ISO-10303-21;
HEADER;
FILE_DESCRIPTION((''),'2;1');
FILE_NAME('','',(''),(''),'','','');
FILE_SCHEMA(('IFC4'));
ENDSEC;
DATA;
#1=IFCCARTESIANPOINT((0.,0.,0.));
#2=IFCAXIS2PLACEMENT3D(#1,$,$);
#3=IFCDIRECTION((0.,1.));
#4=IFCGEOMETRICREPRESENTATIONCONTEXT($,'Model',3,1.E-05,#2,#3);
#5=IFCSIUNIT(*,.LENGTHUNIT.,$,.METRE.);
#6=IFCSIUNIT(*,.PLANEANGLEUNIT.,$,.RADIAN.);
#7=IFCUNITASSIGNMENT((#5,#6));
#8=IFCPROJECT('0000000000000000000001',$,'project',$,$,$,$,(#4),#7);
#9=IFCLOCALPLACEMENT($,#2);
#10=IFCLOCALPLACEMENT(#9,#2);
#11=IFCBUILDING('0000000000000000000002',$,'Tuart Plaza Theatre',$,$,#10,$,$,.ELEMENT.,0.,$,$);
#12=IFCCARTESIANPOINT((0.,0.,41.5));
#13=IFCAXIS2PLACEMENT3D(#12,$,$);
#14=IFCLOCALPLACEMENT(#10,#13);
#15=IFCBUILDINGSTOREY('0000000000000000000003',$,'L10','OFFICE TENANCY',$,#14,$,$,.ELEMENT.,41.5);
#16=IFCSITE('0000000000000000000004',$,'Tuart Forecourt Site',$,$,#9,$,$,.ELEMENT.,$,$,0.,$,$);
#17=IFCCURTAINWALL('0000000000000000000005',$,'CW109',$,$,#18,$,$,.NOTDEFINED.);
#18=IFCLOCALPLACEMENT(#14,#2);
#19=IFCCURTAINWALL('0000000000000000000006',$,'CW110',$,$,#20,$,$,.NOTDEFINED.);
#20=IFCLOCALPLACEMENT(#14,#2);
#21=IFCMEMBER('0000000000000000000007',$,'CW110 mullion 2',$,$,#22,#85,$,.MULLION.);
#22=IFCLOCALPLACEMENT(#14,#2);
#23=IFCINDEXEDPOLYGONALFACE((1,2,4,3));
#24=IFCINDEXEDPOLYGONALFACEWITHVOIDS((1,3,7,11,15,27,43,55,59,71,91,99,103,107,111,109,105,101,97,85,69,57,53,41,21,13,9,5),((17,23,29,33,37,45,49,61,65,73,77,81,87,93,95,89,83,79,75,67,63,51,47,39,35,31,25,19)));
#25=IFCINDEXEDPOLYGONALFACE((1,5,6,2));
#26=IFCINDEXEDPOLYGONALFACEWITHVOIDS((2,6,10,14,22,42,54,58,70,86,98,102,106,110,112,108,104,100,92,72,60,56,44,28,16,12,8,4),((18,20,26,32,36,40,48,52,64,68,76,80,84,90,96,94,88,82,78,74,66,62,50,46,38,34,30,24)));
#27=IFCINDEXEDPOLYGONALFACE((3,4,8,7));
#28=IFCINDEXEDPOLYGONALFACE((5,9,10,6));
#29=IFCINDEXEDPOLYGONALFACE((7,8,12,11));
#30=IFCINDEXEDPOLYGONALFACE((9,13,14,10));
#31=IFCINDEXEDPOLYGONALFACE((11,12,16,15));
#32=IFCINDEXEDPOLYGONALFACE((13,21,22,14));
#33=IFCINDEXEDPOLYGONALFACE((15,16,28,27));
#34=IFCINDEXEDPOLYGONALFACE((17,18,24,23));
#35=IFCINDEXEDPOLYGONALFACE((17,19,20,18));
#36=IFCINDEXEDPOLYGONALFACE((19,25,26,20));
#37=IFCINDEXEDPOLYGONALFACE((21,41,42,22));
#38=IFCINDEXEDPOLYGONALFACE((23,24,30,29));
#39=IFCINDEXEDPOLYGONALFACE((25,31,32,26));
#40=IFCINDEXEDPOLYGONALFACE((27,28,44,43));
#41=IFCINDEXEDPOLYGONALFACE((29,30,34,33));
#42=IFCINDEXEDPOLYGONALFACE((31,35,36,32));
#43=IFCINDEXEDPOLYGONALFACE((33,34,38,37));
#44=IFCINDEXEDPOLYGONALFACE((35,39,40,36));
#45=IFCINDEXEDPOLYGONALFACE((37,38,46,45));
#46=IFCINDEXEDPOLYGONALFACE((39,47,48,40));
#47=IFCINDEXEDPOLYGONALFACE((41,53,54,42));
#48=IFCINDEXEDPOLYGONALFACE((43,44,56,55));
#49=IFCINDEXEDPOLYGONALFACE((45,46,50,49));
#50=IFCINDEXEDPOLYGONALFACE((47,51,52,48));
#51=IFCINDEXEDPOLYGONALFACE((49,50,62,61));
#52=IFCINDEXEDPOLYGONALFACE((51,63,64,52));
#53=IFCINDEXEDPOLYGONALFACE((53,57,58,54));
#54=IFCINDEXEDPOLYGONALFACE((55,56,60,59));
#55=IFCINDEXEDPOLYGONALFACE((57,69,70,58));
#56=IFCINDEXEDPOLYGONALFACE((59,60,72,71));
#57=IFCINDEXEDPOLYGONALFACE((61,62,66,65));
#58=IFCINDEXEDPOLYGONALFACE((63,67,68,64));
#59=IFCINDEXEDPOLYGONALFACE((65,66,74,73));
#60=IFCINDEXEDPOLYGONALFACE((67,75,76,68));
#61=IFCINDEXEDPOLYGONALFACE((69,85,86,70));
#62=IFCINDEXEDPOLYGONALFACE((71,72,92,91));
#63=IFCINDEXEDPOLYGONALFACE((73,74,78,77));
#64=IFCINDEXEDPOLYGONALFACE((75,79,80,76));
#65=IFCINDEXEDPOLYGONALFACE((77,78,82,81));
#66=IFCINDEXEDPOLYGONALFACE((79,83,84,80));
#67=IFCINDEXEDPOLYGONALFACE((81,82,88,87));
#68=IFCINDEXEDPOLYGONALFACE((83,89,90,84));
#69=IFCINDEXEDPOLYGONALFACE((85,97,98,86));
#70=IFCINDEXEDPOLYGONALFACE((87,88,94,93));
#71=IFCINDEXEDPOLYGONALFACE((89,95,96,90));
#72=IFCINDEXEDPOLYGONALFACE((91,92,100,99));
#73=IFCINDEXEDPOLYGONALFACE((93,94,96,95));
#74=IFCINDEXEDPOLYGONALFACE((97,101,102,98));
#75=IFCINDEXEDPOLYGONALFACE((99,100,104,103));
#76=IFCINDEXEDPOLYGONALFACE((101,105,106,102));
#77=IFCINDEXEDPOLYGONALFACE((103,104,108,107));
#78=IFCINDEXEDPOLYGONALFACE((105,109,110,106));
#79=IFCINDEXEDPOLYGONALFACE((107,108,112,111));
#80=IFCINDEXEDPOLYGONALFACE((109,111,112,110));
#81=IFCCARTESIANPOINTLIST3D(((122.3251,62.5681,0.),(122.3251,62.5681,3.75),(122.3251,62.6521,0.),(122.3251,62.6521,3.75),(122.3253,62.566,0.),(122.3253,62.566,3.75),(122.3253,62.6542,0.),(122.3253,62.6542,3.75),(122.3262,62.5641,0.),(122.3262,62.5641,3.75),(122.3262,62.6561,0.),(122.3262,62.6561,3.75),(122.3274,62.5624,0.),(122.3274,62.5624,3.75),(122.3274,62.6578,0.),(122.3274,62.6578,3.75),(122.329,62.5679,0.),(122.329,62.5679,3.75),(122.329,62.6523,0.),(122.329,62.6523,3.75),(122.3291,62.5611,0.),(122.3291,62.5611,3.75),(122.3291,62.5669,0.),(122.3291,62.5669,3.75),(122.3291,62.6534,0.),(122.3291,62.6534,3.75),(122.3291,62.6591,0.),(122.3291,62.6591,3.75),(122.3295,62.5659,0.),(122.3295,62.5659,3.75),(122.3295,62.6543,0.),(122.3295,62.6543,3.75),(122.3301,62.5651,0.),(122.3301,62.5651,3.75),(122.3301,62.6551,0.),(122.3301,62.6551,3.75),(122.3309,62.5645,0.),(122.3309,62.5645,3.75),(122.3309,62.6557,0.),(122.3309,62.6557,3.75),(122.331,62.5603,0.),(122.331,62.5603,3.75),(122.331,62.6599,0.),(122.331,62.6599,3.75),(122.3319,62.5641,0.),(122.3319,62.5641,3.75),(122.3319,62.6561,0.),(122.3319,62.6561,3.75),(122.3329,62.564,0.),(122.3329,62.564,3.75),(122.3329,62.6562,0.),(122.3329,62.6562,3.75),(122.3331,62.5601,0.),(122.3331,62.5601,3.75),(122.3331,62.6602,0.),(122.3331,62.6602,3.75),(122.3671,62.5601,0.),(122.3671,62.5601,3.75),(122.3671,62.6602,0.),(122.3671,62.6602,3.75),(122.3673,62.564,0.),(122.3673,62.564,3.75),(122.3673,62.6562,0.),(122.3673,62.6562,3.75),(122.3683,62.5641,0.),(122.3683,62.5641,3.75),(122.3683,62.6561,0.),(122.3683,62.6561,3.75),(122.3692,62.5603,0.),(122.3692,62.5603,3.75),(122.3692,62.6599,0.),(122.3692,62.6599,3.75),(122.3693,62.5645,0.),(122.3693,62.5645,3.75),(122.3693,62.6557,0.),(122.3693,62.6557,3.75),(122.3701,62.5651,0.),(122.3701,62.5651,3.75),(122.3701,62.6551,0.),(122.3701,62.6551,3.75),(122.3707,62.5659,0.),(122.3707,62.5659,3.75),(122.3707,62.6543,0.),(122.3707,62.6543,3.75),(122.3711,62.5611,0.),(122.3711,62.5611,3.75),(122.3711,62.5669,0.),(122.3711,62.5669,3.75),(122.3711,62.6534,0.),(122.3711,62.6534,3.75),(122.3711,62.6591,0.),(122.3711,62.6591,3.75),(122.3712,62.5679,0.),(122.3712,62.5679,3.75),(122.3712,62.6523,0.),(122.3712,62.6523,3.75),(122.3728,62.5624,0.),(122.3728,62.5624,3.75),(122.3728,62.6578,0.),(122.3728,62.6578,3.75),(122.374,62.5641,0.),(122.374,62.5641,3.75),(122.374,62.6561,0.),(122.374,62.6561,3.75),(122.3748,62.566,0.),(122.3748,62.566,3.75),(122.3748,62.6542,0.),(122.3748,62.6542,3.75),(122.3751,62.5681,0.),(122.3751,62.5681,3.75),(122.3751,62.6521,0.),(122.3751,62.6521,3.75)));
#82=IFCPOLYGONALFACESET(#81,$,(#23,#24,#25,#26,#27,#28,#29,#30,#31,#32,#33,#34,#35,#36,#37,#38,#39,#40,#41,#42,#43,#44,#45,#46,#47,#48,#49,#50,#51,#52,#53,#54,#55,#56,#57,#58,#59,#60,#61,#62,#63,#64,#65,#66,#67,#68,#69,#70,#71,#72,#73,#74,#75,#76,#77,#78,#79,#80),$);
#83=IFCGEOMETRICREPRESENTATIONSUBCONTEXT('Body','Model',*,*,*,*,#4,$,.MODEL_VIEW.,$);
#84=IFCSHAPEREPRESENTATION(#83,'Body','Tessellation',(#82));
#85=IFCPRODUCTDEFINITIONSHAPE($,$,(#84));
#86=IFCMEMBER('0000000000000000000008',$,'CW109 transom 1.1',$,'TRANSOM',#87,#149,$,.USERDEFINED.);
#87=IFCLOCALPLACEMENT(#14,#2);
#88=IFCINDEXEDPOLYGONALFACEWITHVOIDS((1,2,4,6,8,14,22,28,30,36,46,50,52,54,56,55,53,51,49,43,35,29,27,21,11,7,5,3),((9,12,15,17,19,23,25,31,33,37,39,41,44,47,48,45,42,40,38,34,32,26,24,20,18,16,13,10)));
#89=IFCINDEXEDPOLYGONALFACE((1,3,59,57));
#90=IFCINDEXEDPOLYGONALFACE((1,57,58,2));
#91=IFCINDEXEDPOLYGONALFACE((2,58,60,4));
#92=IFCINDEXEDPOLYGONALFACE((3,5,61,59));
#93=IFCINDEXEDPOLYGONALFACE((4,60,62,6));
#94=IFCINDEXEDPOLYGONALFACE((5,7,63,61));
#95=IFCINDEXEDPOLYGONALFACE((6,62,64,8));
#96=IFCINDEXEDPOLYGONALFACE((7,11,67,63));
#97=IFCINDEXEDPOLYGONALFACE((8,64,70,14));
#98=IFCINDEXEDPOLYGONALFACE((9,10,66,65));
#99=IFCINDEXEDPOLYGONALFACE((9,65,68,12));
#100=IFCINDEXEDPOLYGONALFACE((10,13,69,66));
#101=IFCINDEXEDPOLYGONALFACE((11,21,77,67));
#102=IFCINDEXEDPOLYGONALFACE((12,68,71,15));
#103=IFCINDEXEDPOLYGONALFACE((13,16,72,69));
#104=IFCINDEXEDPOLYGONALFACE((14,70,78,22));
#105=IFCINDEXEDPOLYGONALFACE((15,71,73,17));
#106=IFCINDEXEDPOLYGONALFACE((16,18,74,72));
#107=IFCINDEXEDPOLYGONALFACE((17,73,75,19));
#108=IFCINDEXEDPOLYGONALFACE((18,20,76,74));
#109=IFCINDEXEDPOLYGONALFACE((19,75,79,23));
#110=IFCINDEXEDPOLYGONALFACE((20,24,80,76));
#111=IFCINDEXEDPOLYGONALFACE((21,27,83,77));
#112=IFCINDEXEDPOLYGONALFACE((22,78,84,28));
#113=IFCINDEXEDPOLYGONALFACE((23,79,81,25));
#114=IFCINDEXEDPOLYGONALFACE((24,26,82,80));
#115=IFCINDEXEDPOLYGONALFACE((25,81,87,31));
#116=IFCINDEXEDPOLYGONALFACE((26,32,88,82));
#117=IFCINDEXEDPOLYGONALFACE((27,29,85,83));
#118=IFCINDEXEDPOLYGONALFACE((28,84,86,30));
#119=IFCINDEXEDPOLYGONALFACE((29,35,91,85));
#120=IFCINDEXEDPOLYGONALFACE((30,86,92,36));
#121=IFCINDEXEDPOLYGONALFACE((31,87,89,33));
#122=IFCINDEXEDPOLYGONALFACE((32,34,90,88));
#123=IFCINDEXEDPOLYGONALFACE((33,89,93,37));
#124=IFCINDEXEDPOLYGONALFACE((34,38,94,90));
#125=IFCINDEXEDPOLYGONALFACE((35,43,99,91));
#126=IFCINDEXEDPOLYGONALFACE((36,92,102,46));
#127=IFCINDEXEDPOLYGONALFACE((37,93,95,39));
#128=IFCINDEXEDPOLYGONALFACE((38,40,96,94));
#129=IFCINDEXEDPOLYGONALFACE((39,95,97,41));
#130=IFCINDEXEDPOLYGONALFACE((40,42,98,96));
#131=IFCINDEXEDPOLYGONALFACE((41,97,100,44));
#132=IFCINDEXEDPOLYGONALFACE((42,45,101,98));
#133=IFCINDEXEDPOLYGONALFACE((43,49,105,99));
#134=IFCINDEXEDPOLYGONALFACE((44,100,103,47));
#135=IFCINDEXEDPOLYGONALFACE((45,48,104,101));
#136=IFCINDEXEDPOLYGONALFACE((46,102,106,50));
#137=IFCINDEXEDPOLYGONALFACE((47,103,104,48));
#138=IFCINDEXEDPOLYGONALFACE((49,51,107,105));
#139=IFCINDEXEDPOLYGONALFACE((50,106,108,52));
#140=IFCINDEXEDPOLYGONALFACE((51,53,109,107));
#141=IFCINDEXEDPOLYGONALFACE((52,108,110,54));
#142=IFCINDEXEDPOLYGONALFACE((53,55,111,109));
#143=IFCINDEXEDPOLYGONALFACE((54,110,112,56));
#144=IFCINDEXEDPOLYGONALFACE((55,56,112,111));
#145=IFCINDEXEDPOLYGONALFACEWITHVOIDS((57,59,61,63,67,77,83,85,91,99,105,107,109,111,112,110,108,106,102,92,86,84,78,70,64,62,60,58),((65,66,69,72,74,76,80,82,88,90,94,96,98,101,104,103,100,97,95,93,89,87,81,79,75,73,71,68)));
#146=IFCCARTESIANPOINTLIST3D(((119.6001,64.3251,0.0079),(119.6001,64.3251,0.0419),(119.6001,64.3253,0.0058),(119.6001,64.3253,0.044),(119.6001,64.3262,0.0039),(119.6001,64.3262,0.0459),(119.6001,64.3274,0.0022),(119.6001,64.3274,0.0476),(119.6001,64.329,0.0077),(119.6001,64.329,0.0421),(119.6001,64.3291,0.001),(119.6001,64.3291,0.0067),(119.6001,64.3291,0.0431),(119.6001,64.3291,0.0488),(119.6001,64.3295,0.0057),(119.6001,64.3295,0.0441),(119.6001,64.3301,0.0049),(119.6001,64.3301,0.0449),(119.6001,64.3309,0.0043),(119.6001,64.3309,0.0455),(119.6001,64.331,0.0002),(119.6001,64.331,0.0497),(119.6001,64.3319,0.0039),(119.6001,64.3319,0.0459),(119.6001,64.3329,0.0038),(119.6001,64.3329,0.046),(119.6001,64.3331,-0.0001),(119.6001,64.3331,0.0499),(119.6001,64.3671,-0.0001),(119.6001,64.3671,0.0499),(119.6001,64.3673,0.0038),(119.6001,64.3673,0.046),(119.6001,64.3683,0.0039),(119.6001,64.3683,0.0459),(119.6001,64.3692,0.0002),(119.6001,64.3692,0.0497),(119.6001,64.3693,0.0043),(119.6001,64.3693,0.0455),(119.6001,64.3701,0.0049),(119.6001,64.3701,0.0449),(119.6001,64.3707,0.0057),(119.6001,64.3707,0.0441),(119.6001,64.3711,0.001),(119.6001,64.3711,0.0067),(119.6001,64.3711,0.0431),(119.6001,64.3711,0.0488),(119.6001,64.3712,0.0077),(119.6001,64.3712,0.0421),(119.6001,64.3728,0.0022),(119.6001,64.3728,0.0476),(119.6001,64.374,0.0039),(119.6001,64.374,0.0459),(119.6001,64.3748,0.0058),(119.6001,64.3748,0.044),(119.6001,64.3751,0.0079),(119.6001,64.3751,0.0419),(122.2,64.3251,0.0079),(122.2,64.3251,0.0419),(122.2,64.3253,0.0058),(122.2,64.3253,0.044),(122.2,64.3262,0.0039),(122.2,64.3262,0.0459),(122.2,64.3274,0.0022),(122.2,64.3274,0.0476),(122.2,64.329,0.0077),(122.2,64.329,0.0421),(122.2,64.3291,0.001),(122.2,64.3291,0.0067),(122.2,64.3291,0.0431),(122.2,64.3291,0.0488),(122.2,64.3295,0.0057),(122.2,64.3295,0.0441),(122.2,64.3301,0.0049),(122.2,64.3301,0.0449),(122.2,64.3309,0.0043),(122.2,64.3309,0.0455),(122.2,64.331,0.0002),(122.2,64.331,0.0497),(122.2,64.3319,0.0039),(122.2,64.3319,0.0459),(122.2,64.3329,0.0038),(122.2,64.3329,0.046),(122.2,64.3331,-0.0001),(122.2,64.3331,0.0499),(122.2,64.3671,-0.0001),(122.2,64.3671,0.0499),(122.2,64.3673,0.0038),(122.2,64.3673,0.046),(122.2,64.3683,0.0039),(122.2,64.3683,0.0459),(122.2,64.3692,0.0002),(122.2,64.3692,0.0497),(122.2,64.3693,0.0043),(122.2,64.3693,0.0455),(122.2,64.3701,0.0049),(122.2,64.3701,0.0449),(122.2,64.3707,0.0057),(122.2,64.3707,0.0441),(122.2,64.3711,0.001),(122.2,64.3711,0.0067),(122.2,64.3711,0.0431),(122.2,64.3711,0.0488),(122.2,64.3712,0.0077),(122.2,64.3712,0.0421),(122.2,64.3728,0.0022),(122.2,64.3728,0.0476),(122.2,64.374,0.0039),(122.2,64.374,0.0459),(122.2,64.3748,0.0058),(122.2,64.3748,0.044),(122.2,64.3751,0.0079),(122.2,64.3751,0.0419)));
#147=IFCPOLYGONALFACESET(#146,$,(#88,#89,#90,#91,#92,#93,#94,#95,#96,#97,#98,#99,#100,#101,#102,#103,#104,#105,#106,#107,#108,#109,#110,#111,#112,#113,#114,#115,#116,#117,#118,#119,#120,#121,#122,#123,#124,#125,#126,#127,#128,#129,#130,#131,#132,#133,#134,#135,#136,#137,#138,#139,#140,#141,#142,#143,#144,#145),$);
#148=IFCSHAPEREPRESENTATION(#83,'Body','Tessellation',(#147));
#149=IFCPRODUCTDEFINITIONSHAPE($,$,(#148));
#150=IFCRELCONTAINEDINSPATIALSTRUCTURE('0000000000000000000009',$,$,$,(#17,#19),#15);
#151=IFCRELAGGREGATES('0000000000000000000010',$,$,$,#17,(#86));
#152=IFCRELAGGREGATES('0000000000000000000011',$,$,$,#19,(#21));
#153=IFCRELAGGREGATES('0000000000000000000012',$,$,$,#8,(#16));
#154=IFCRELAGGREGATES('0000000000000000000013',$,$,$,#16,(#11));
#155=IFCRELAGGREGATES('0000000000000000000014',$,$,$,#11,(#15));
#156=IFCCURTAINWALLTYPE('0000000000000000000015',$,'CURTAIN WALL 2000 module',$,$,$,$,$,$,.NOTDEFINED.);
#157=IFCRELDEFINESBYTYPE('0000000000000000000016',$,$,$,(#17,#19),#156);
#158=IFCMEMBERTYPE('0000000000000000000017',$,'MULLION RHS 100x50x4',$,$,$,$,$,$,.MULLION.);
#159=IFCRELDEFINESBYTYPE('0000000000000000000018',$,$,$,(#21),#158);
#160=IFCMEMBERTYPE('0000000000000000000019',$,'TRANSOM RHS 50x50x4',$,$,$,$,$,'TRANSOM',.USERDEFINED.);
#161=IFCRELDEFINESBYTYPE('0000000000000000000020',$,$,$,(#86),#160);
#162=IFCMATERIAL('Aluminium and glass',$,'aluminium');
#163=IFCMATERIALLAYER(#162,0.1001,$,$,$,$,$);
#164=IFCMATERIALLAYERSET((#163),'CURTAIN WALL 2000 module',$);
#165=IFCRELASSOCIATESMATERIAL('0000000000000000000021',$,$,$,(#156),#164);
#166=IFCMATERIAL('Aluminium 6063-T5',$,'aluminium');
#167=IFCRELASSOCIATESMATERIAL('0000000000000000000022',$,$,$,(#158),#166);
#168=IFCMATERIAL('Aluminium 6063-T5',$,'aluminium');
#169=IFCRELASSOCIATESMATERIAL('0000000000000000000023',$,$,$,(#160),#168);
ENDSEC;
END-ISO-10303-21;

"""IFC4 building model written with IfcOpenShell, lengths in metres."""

from ifc_helpers import new_model, si_unit, direction, frame, origin, origin_2d, place, context, subcontext, project, spatial, hollow_rectangle, extrude, material, layer, layer_set, material_profile, profile_set, type_object, element, aggregate, save


model = new_model("IFC4")

# Units and contexts
model_context = context("Model", 3, precision=1e-05, world=origin(), true_north=direction((0.0, 1.0)))
body_context = subcontext(model_context, "Body", "Model", "MODEL_VIEW")
ifc_project = project(units=[si_unit("LENGTHUNIT", "METRE"), si_unit("PLANEANGLEUNIT", "RADIAN")], contexts=[model_context])

# Site, building, storey
site_placement = place(None, origin())
site = spatial("IfcSite", under=ifc_project, at=site_placement, Name="Tuart Forecourt Site", CompositionType="ELEMENT", RefElevation=0.0)
building_placement = place(site_placement, origin())
building = spatial("IfcBuilding", under=site, at=building_placement, Name="Tuart Plaza Theatre", CompositionType="ELEMENT", ElevationOfRefHeight=0.0)
storey_placement = place(building_placement, frame((0.0, 0.0, 41.5)))
storey = spatial("IfcBuildingStorey", under=building, at=storey_placement, Name="L10", Description="OFFICE TENANCY", CompositionType="ELEMENT", Elevation=41.5)

# Curtain wall
ifc_material_1 = material(Name="Aluminium and glass", Category="aluminium")
ifc_layer_1 = layer(ifc_material_1, 0.1001)
ifc_layer_set_1 = layer_set([ifc_layer_1], Name="CURTAIN WALL 2000 module")
curtain_wall_type = type_object("IfcCurtainWallType", Name="CURTAIN WALL 2000 module", PredefinedType="NOTDEFINED", material=ifc_layer_set_1)
curtain_wall_1_placement = place(storey_placement, origin())
curtain_wall_1 = element("IfcCurtainWall", 1, at=curtain_wall_1_placement, inside=storey, type_object=curtain_wall_type, Name="CW109", PredefinedType="NOTDEFINED")
ifc_material_2 = material(Name="Aluminium 6063-T5", Category="aluminium")
ifc_material_profile_1 = material_profile(ifc_material_2, hollow_rectangle(XDim=0.05, YDim=0.1001, WallThickness=0.0039, InnerFilletRadius=0.0039, OuterFilletRadius=0.0081, at=origin_2d()), Name="RHS 100x50x4")
ifc_profile_set_1 = profile_set([ifc_material_profile_1], Name="Aluminium 6063-T5")
member_type_1 = type_object("IfcMemberType", Name="MULLION RHS 100x50x4", PredefinedType="MULLION", material=ifc_profile_set_1)

# Curtain wall, member
curtain_wall_2_placement = place(storey_placement, origin())
curtain_wall_2 = element("IfcCurtainWall", 2, at=curtain_wall_2_placement, inside=storey, type_object=curtain_wall_type, Name="CW110", PredefinedType="NOTDEFINED")
member_1_placement = place(storey_placement, frame((122.3501, 62.6101, 0.0), z_axis=(0.0, 0.0, 1.0), x_axis=(1.0, 0.0, 0.0)))
member_1 = element("IfcMember", 3, at=member_1_placement, type_object=member_type_1, Name="CW110 mullion 2", PredefinedType="MULLION", context=body_context, shape_type="SweptSolid", body=[
    extrude(hollow_rectangle(XDim=0.05, YDim=0.1001, WallThickness=0.0039, InnerFilletRadius=0.0039, OuterFilletRadius=0.0081, at=origin_2d()), origin(), (0.0, 0.0, 1.0), 3.75),
])

# Member
ifc_material_3 = material(Name="Aluminium 6063-T5", Category="aluminium")
ifc_material_profile_2 = material_profile(ifc_material_3, hollow_rectangle(XDim=0.05, YDim=0.05, WallThickness=0.0039, InnerFilletRadius=0.0039, OuterFilletRadius=0.0081, at=origin_2d()), Name="RHS 50x50x4")
ifc_profile_set_2 = profile_set([ifc_material_profile_2], Name="Aluminium 6063-T5")
member_type_2 = type_object("IfcMemberType", Name="TRANSOM RHS 50x50x4", ElementType="TRANSOM", PredefinedType="USERDEFINED", material=ifc_profile_set_2)
member_2_placement = place(storey_placement, frame((119.6001, 64.3501, 0.0249), z_axis=(1.0, 0.0, 0.0), x_axis=(0.0, 1.0, 0.0)))
member_2 = element("IfcMember", 4, at=member_2_placement, type_object=member_type_2, Name="CW109 transom 1.1", ObjectType="TRANSOM", PredefinedType="USERDEFINED", context=body_context, shape_type="SweptSolid", body=[
    extrude(hollow_rectangle(XDim=0.05, YDim=0.05, WallThickness=0.0039, InnerFilletRadius=0.0039, OuterFilletRadius=0.0081, at=origin_2d()), origin(), (0.0, 0.0, 1.0), 2.5999),
])

aggregate(curtain_wall_1, [member_2])
aggregate(curtain_wall_2, [member_1])

save(model, "model.ifc")
